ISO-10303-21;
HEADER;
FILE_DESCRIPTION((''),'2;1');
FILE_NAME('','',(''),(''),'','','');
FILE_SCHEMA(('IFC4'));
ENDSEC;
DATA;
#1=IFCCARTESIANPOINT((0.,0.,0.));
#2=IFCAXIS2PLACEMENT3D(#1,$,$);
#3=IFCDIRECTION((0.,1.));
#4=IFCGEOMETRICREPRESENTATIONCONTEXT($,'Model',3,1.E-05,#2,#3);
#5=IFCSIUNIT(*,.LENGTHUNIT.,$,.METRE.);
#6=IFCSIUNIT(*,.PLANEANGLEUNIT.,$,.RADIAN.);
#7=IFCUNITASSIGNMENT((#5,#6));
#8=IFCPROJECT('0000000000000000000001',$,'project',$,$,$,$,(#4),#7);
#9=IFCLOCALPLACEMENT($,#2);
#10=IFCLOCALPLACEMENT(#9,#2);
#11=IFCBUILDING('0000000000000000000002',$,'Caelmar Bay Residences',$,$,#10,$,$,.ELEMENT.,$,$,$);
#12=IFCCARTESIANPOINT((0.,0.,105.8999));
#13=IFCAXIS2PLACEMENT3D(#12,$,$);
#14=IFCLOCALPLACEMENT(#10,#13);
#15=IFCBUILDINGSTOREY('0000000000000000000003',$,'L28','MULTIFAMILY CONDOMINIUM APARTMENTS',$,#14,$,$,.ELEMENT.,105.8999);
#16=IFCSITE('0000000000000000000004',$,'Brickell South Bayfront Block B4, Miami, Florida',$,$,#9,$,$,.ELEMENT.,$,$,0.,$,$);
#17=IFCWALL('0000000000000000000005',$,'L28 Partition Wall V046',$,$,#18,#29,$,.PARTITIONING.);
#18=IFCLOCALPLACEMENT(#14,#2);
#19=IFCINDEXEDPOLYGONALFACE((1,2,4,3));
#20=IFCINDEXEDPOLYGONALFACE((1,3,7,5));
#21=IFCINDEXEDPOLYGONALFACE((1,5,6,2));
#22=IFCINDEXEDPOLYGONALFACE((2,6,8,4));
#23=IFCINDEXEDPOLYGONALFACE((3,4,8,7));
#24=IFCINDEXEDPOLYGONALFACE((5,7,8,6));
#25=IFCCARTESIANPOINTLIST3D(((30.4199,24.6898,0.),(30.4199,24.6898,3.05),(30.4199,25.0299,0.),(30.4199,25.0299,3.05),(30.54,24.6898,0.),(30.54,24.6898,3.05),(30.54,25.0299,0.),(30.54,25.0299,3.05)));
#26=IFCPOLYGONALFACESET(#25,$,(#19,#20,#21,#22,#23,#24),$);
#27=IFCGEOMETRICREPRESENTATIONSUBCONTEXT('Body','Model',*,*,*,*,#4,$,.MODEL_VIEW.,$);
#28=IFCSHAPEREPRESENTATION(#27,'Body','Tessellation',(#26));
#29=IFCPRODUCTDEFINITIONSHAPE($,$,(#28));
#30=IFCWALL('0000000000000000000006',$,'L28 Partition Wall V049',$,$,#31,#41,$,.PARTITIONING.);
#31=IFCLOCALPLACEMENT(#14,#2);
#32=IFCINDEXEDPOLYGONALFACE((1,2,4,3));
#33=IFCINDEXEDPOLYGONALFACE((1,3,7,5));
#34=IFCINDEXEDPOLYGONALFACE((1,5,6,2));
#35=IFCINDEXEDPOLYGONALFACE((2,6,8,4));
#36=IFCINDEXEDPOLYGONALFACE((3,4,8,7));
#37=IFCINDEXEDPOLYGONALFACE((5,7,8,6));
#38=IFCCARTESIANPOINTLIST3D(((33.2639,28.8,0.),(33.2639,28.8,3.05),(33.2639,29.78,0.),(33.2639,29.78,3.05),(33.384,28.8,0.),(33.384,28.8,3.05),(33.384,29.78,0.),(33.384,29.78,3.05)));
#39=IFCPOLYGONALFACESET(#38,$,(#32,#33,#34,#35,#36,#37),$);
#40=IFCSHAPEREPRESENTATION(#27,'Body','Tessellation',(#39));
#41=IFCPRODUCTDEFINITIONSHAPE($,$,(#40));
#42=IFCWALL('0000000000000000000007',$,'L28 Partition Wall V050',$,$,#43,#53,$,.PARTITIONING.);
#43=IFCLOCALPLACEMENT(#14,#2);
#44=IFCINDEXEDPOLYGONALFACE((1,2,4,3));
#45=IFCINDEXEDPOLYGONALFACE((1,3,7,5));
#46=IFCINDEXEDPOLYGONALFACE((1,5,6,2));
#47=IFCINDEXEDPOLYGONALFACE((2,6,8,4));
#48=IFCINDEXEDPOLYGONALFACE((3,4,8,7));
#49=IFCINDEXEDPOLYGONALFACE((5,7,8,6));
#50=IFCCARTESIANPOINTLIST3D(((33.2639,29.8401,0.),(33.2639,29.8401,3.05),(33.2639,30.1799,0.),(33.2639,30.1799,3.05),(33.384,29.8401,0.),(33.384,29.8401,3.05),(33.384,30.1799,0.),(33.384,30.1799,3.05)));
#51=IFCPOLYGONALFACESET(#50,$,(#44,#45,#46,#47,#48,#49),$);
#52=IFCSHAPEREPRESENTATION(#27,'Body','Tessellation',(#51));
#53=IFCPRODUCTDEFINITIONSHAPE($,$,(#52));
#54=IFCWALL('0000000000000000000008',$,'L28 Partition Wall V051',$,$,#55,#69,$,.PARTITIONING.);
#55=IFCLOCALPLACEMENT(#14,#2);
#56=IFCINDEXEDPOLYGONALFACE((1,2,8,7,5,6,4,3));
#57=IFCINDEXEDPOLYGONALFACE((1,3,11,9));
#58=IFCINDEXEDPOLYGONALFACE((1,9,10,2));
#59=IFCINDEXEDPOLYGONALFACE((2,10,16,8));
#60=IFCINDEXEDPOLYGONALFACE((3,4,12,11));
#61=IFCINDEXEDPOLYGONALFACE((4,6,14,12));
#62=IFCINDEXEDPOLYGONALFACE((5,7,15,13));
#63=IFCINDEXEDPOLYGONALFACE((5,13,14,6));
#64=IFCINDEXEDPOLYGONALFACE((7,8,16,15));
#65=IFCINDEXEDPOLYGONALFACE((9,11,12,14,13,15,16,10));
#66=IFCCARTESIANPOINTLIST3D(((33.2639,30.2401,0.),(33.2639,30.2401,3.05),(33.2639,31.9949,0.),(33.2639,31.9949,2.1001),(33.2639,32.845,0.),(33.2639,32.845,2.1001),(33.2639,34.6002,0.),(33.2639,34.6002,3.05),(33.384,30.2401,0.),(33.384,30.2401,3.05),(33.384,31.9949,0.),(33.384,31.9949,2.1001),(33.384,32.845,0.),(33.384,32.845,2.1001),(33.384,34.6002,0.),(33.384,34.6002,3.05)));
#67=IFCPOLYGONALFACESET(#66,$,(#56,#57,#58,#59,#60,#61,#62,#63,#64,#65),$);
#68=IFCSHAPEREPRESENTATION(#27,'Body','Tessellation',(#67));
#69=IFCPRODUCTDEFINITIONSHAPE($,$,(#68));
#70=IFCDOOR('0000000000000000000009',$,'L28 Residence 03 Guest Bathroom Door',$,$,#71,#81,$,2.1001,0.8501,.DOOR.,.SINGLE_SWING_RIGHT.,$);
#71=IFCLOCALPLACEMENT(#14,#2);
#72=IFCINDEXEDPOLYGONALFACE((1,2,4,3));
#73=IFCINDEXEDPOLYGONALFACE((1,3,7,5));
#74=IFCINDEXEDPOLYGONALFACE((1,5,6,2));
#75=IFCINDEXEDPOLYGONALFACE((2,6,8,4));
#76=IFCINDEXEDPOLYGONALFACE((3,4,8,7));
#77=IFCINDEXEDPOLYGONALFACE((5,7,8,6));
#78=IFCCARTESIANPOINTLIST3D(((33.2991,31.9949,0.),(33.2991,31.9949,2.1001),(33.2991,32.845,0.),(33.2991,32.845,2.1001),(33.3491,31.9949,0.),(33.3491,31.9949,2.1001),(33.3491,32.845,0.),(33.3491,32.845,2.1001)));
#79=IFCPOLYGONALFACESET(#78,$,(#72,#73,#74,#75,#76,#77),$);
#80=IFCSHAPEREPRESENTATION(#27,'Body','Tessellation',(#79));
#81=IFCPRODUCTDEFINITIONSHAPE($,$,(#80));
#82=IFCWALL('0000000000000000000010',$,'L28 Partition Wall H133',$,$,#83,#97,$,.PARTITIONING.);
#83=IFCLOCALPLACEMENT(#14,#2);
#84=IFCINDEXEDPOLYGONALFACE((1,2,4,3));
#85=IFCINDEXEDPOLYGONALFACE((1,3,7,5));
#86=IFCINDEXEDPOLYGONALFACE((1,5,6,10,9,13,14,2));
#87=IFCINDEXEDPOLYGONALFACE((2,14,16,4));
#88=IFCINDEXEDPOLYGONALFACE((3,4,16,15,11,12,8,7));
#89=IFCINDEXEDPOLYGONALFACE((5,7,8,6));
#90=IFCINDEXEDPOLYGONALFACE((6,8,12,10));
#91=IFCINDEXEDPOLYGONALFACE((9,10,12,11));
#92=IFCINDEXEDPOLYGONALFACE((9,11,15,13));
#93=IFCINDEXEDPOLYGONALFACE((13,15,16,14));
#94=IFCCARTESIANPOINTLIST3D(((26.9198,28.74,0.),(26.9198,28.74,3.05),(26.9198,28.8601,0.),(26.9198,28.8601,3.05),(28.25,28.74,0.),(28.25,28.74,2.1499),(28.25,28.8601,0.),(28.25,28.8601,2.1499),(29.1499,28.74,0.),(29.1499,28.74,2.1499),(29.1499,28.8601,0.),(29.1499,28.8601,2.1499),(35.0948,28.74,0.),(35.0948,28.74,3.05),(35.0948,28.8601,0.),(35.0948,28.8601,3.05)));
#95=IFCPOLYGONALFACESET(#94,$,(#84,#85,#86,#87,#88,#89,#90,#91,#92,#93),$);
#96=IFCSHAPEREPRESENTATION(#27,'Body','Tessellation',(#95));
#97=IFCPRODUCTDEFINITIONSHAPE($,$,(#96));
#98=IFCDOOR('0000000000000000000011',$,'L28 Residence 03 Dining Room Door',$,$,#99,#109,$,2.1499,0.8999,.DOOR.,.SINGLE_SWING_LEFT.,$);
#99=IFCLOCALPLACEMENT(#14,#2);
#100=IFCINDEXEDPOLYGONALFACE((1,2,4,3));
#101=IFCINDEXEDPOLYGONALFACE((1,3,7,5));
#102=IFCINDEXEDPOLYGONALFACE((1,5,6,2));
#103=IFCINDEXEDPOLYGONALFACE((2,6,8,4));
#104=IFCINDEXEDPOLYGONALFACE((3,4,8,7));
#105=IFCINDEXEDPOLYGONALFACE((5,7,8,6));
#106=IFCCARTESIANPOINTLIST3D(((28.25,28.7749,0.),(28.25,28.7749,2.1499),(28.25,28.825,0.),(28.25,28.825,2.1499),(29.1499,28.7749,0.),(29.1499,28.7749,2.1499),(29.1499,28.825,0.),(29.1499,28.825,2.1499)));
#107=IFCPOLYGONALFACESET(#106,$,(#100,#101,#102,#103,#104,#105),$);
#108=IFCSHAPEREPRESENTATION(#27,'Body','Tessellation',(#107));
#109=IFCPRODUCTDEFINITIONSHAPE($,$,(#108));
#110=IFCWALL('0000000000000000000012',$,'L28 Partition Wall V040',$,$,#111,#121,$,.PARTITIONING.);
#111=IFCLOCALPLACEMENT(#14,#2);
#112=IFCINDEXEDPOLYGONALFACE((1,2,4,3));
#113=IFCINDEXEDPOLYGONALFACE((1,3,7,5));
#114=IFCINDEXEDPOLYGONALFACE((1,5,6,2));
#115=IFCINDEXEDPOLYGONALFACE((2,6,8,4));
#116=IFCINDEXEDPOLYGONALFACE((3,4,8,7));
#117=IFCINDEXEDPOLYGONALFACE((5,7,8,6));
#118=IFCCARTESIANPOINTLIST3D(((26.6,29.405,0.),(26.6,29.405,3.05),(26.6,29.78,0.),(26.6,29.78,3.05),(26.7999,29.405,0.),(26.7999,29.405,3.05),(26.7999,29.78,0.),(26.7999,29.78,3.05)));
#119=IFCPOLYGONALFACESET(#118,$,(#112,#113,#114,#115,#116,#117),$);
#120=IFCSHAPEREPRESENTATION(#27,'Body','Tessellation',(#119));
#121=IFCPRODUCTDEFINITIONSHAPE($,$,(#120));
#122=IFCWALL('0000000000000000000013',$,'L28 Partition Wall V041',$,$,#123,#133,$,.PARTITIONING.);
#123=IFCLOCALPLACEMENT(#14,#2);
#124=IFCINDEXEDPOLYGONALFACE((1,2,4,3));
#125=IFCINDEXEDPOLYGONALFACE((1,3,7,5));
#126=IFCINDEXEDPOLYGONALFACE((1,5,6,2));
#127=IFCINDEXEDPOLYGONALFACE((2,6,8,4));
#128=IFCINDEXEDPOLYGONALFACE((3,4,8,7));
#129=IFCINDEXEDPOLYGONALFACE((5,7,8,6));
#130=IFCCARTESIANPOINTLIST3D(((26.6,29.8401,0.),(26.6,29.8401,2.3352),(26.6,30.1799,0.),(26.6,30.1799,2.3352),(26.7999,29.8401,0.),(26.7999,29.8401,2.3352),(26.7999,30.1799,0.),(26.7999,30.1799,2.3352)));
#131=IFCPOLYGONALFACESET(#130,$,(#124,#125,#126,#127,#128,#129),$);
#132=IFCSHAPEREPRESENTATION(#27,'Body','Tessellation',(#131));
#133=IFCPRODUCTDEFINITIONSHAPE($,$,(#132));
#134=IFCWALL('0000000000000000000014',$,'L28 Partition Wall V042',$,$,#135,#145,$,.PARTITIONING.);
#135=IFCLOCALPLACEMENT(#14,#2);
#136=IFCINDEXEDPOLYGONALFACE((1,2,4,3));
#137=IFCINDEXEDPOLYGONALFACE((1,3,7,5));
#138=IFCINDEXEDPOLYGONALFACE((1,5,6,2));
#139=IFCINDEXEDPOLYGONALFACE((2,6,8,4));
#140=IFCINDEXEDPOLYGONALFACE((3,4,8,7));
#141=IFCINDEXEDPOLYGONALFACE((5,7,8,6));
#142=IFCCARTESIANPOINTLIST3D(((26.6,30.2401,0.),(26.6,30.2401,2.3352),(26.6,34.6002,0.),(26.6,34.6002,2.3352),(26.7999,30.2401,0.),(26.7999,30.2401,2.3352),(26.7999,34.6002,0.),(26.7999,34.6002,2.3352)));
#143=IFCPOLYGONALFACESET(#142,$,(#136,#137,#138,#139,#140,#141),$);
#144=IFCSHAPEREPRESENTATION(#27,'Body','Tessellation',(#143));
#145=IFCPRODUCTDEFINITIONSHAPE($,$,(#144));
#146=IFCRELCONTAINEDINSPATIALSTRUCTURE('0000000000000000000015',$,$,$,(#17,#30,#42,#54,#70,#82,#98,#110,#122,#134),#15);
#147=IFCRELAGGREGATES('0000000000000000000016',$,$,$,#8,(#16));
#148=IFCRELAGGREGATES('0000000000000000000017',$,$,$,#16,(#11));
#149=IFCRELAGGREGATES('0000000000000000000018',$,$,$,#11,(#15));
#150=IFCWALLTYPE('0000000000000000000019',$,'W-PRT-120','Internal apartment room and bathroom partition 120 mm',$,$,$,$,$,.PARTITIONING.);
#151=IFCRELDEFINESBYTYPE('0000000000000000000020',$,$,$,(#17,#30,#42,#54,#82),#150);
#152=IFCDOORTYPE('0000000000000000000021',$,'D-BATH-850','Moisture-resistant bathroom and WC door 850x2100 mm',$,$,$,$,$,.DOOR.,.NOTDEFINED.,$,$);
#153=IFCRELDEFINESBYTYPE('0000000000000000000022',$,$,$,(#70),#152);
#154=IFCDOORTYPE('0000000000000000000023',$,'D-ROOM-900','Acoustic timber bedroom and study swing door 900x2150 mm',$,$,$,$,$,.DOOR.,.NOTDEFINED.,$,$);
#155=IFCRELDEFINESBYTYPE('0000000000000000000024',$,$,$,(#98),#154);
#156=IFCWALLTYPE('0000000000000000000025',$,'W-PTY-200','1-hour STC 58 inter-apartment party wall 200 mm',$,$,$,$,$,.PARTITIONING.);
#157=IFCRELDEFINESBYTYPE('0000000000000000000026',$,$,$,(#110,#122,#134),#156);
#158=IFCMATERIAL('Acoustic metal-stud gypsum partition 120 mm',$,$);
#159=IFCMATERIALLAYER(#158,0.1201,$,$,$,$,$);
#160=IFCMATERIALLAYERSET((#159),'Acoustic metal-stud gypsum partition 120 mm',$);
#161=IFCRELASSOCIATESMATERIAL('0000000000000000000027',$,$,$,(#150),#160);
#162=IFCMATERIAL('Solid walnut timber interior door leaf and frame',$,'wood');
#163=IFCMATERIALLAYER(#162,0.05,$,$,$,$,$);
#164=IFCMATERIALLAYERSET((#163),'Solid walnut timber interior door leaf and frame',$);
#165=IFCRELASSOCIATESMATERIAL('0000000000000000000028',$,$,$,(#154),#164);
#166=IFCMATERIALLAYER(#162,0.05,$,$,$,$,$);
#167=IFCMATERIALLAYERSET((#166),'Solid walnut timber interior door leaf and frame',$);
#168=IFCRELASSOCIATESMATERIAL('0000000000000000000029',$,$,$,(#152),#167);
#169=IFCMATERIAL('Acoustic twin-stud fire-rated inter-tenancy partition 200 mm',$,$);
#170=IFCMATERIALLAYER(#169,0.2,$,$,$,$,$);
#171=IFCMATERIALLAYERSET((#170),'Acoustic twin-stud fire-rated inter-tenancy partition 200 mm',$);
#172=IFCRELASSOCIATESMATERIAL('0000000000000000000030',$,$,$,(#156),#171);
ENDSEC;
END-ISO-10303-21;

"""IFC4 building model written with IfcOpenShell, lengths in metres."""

from ifc_helpers import new_model, si_unit, direction, frame, frame_2d, origin, place, context, subcontext, project, spatial, rectangle, extrude, material, layer, layer_set, type_object, element, fill, save


model = new_model("IFC4")

# Units and contexts
model_context = context("Model", 3, precision=1e-05, world=origin(), true_north=direction((0.0, 1.0)))
body_context = subcontext(model_context, "Body", "Model", "MODEL_VIEW")
ifc_project = project(units=[si_unit("LENGTHUNIT", "METRE"), si_unit("PLANEANGLEUNIT", "RADIAN")], contexts=[model_context])

# Site, building, storey
site_placement = place(None, origin())
site = spatial("IfcSite", under=ifc_project, at=site_placement, Name="Brickell South Bayfront Block B4, Miami, Florida", CompositionType="ELEMENT", RefElevation=0.0)
building_placement = place(site_placement, origin())
building = spatial("IfcBuilding", under=site, at=building_placement, Name="Caelmar Bay Residences", CompositionType="ELEMENT")
storey_placement = place(building_placement, frame((0.0, 0.0, 105.8999)))
storey = spatial("IfcBuildingStorey", under=building, at=storey_placement, Name="L28", Description="MULTIFAMILY CONDOMINIUM APARTMENTS", CompositionType="ELEMENT", Elevation=105.8999)

# Wall
ifc_material_1 = material(Name="Acoustic metal-stud gypsum partition 120 mm")
ifc_layer_1 = layer(ifc_material_1, 0.1201)
ifc_layer_set_1 = layer_set([ifc_layer_1], Name="Acoustic metal-stud gypsum partition 120 mm")
wall_type_1 = type_object("IfcWallType", Name="W-PRT-120", Description="Internal apartment room and bathroom partition 120 mm", PredefinedType="PARTITIONING", material=ifc_layer_set_1)
wall_1_placement = place(storey_placement, frame((30.48, 24.6899, 0.0), z_axis=(0.0, 0.0, 1.0), x_axis=(0.0, 1.0, 0.0)))
element("IfcWall", 1, at=wall_1_placement, inside=storey, type_object=wall_type_1, Name="L28 Partition Wall V046", PredefinedType="PARTITIONING", context=body_context, shape_type="SweptSolid", body=[
    extrude(rectangle(XDim=0.3401, YDim=0.1201, at=frame_2d((0.1699, 0.0))), origin(), (0.0, 0.0, 1.0), 3.05),
])

# Shared definitions
ifc_material_2 = material(Name="Solid walnut timber interior door leaf and frame", Category="wood")
ifc_layer_2 = layer(ifc_material_2, 0.05)
ifc_layer_set_2 = layer_set([ifc_layer_2], Name="Solid walnut timber interior door leaf and frame")
door_type_1 = type_object("IfcDoorType", Name="D-ROOM-900", Description="Acoustic timber bedroom and study swing door 900x2150 mm", OperationType="NOTDEFINED", PredefinedType="DOOR", material=ifc_layer_set_2)

# Walls
wall_2_placement = place(storey_placement, frame((33.324, 28.8, 0.0), z_axis=(0.0, 0.0, 1.0), x_axis=(0.0, 1.0, 0.0)))
element("IfcWall", 2, at=wall_2_placement, inside=storey, type_object=wall_type_1, Name="L28 Partition Wall V049", PredefinedType="PARTITIONING", context=body_context, shape_type="SweptSolid", body=[
    extrude(rectangle(XDim=0.98, YDim=0.1201, at=frame_2d((0.49, 0.0))), origin(), (0.0, 0.0, 1.0), 3.05),
])
wall_3_placement = place(storey_placement, frame((33.324, 29.8401, 0.0), z_axis=(0.0, 0.0, 1.0), x_axis=(0.0, 1.0, 0.0)))
element("IfcWall", 3, at=wall_3_placement, inside=storey, type_object=wall_type_1, Name="L28 Partition Wall V050", PredefinedType="PARTITIONING", context=body_context, shape_type="SweptSolid", body=[
    extrude(rectangle(XDim=0.3398, YDim=0.1201, at=frame_2d((0.1699, 0.0))), origin(), (0.0, 0.0, 1.0), 3.05),
])

# Walls, openings, doors
wall_4_placement = place(storey_placement, frame((33.324, 30.24, 0.0), z_axis=(0.0, 0.0, 1.0), x_axis=(0.0, 1.0, 0.0)))
wall_4 = element("IfcWall", 4, at=wall_4_placement, inside=storey, type_object=wall_type_1, Name="L28 Partition Wall V051", PredefinedType="PARTITIONING", context=body_context, shape_type="SweptSolid", body=[
    extrude(rectangle(XDim=4.3601, YDim=0.1201, at=frame_2d((2.1802, 0.0))), origin(), (0.0, 0.0, 1.0), 3.05),
])
opening_1_placement = place(wall_4_placement, frame((1.7549, 0.0, 0.0)))
opening_1 = element("IfcOpeningElement", 5, at=opening_1_placement, cuts=wall_4, PredefinedType="OPENING", context=body_context, shape_type="SweptSolid", body=[
    extrude(rectangle(XDim=0.8501, YDim=2.1001, at=frame_2d((0.425, 1.05))), frame((0.0, 0.0701, 0.0), z_axis=(0.0, -1.0, 0.0), x_axis=(1.0, 0.0, 0.0)), (0.0, 0.0, 1.0), 0.1401),
])
ifc_layer_3 = layer(ifc_material_2, 0.05)
ifc_layer_set_3 = layer_set([ifc_layer_3], Name="Solid walnut timber interior door leaf and frame")
door_type_2 = type_object("IfcDoorType", Name="D-BATH-850", Description="Moisture-resistant bathroom and WC door 850x2100 mm", OperationType="NOTDEFINED", PredefinedType="DOOR", material=ifc_layer_set_3)
door_1_placement = place(opening_1_placement, origin())
door_1 = element("IfcDoor", 6, at=door_1_placement, inside=storey, type_object=door_type_2, Name="L28 Residence 03 Guest Bathroom Door", OperationType="SINGLE_SWING_RIGHT", OverallHeight=2.1001, OverallWidth=0.8501, PredefinedType="DOOR", context=body_context, shape_type="SweptSolid", body=[
    extrude(rectangle(XDim=0.8501, YDim=2.1001, at=frame_2d((0.425, 1.05))), frame((0.0, 0.0249, 0.0), z_axis=(0.0, -1.0, 0.0), x_axis=(1.0, 0.0, 0.0)), (0.0, 0.0, 1.0), 0.05),
])
fill(opening_1, door_1)
wall_5_placement = place(storey_placement, frame((26.9199, 28.8, 0.0), z_axis=(0.0, 0.0, 1.0), x_axis=(1.0, 0.0, 0.0)))
wall_5 = element("IfcWall", 7, at=wall_5_placement, inside=storey, type_object=wall_type_1, Name="L28 Partition Wall H133", PredefinedType="PARTITIONING", context=body_context, shape_type="SweptSolid", body=[
    extrude(rectangle(XDim=8.175, YDim=0.1201, at=frame_2d((4.0874, 0.0))), origin(), (0.0, 0.0, 1.0), 3.05),
])
opening_2_placement = place(wall_5_placement, frame((1.3301, 0.0, 0.0)))
opening_2 = element("IfcOpeningElement", 8, at=opening_2_placement, cuts=wall_5, PredefinedType="OPENING", context=body_context, shape_type="SweptSolid", body=[
    extrude(rectangle(XDim=0.8999, YDim=2.1499, at=frame_2d((0.45, 1.075))), frame((0.0, 0.0701, 0.0), z_axis=(0.0, -1.0, 0.0), x_axis=(1.0, 0.0, 0.0)), (0.0, 0.0, 1.0), 0.1401),
])
door_2_placement = place(opening_2_placement, origin())
door_2 = element("IfcDoor", 9, at=door_2_placement, inside=storey, type_object=door_type_1, Name="L28 Residence 03 Dining Room Door", OperationType="SINGLE_SWING_LEFT", OverallHeight=2.1499, OverallWidth=0.8999, PredefinedType="DOOR", context=body_context, shape_type="SweptSolid", body=[
    extrude(rectangle(XDim=0.8999, YDim=2.1499, at=frame_2d((0.45, 1.075))), frame((0.0, 0.0249, 0.0), z_axis=(0.0, -1.0, 0.0), x_axis=(1.0, 0.0, 0.0)), (0.0, 0.0, 1.0), 0.05),
])
fill(opening_2, door_2)

# Walls
ifc_material_3 = material(Name="Acoustic twin-stud fire-rated inter-tenancy partition 200 mm")
ifc_layer_4 = layer(ifc_material_3, 0.2)
ifc_layer_set_4 = layer_set([ifc_layer_4], Name="Acoustic twin-stud fire-rated inter-tenancy partition 200 mm")
wall_type_2 = type_object("IfcWallType", Name="W-PTY-200", Description="1-hour STC 58 inter-apartment party wall 200 mm", PredefinedType="PARTITIONING", material=ifc_layer_set_4)
wall_6_placement = place(storey_placement, frame((26.7, 29.405, 0.0), z_axis=(0.0, 0.0, 1.0), x_axis=(0.0, 1.0, 0.0)))
element("IfcWall", 10, at=wall_6_placement, inside=storey, type_object=wall_type_2, Name="L28 Partition Wall V040", PredefinedType="PARTITIONING", context=body_context, shape_type="SweptSolid", body=[
    extrude(rectangle(XDim=0.375, YDim=0.2, at=frame_2d((0.1875, 0.0))), origin(), (0.0, 0.0, 1.0), 3.05),
])
wall_7_placement = place(storey_placement, frame((26.7, 29.8401, 0.0), z_axis=(0.0, 0.0, 1.0), x_axis=(0.0, 1.0, 0.0)))
element("IfcWall", 11, at=wall_7_placement, inside=storey, type_object=wall_type_2, Name="L28 Partition Wall V041", PredefinedType="PARTITIONING", context=body_context, shape_type="SweptSolid", body=[
    extrude(rectangle(XDim=0.3398, YDim=0.2, at=frame_2d((0.1699, 0.0))), origin(), (0.0, 0.0, 1.0), 2.3352),
])
wall_8_placement = place(storey_placement, frame((26.7, 30.24, 0.0), z_axis=(0.0, 0.0, 1.0), x_axis=(0.0, 1.0, 0.0)))
element("IfcWall", 12, at=wall_8_placement, inside=storey, type_object=wall_type_2, Name="L28 Partition Wall V042", PredefinedType="PARTITIONING", context=body_context, shape_type="SweptSolid", body=[
    extrude(rectangle(XDim=4.3601, YDim=0.2, at=frame_2d((2.1802, 0.0))), origin(), (0.0, 0.0, 1.0), 2.3352),
])

save(model, "model.ifc")
